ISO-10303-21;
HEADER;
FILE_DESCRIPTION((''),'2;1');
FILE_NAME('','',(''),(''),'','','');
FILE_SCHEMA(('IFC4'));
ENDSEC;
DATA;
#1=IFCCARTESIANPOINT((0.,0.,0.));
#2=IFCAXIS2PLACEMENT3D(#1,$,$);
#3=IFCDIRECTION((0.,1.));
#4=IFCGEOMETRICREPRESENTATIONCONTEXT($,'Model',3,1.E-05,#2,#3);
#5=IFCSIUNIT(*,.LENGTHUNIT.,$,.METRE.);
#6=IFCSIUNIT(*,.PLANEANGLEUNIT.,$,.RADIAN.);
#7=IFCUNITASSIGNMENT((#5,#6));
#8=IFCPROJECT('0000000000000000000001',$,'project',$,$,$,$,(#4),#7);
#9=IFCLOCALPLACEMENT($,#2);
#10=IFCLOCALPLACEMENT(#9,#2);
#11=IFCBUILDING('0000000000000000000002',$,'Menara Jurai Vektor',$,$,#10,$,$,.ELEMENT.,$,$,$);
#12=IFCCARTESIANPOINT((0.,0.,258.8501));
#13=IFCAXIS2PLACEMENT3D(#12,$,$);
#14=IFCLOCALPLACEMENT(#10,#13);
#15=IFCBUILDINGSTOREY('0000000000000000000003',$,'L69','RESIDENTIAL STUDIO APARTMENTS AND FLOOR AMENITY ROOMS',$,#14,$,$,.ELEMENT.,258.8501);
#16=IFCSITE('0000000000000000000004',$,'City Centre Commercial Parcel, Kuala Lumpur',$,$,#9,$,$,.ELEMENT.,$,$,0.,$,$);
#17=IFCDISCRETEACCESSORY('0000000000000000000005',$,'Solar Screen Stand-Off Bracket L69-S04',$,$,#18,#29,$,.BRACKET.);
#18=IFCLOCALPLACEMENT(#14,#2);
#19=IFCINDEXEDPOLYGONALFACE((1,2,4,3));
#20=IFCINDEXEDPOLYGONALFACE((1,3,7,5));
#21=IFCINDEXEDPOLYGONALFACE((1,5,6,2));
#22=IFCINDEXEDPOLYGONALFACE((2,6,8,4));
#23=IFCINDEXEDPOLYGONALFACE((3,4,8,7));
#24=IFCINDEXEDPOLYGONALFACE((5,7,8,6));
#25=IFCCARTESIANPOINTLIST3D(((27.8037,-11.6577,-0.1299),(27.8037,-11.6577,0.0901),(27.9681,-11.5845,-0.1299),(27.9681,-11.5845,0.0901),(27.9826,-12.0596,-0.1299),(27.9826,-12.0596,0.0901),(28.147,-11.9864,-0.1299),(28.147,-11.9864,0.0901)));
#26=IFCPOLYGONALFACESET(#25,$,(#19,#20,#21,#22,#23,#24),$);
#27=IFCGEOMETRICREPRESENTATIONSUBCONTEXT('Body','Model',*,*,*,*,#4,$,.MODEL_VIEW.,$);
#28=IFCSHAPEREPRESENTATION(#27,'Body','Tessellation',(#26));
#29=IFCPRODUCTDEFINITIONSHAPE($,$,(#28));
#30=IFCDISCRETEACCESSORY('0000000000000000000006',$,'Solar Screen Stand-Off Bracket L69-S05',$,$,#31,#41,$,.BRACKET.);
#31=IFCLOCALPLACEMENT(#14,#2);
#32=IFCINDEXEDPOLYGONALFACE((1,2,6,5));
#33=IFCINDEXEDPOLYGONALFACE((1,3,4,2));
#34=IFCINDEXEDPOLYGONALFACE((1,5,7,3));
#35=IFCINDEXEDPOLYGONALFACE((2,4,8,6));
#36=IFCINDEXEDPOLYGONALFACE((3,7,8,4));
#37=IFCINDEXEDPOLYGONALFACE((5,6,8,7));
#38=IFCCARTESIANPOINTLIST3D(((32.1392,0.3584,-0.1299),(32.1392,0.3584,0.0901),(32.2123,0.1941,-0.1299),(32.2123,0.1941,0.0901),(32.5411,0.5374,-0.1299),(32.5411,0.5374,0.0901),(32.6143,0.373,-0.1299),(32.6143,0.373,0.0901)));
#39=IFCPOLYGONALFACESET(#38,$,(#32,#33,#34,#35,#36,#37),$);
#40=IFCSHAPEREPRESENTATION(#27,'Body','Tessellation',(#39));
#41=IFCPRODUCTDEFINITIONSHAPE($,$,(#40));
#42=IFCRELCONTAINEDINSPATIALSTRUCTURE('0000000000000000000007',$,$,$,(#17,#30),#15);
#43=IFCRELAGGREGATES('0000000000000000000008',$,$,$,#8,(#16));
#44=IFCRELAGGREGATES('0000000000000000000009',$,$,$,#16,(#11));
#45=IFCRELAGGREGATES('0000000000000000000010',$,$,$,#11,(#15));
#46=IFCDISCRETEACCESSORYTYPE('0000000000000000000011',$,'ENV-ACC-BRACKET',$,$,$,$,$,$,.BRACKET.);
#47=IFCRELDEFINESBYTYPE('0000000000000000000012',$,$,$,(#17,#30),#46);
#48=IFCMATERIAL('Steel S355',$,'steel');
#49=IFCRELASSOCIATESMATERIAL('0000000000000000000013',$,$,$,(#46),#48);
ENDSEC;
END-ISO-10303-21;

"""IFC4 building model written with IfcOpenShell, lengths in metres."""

from ifc_helpers import new_model, si_unit, direction, frame, origin, origin_2d, place, context, subcontext, project, spatial, rectangle, extrude, material, type_object, element, save


model = new_model("IFC4")

# Units and contexts
model_context = context("Model", 3, precision=1e-05, world=origin(), true_north=direction((0.0, 1.0)))
body_context = subcontext(model_context, "Body", "Model", "MODEL_VIEW")
ifc_project = project(units=[si_unit("LENGTHUNIT", "METRE"), si_unit("PLANEANGLEUNIT", "RADIAN")], contexts=[model_context])

# Site, building, storey
site_placement = place(None, origin())
site = spatial("IfcSite", under=ifc_project, at=site_placement, Name="City Centre Commercial Parcel, Kuala Lumpur", CompositionType="ELEMENT", RefElevation=0.0)
building_placement = place(site_placement, origin())
building = spatial("IfcBuilding", under=site, at=building_placement, Name="Menara Jurai Vektor", CompositionType="ELEMENT")
storey_placement = place(building_placement, frame((0.0, 0.0, 258.8501)))
storey = spatial("IfcBuildingStorey", under=building, at=storey_placement, Name="L69", Description="RESIDENTIAL STUDIO APARTMENTS AND FLOOR AMENITY ROOMS", CompositionType="ELEMENT", Elevation=258.8501)

# Shared definitions
ifc_material_1 = material(Name="Steel S355", Category="steel")

# Discrete accessories
discrete_accessory_type = type_object("IfcDiscreteAccessoryType", Name="ENV-ACC-BRACKET", PredefinedType="BRACKET", material=ifc_material_1)
for number, where, z_axis, x_axis, name in (
    (1, (27.9753, -11.822, -0.1299), (0.0, 0.0, 1.0), (0.913545, 0.406737, 0.0), "Solar Screen Stand-Off Bracket L69-S04"),
    (2, (32.3767, 0.3657, -0.1299), (0.0, 0.0, 1.0), (-0.406737, 0.913545, 0.0), "Solar Screen Stand-Off Bracket L69-S05"),
):
    element("IfcDiscreteAccessory", number, at=place(storey_placement, frame(where, z_axis=z_axis, x_axis=x_axis)), inside=storey, type_object=discrete_accessory_type, Name=name, PredefinedType="BRACKET", context=body_context, shape_type="SweptSolid", body=[
        extrude(rectangle(XDim=0.1799, YDim=0.4399, at=origin_2d()), origin(), (0.0, 0.0, 1.0), 0.22),
    ])

save(model, "model.ifc")
